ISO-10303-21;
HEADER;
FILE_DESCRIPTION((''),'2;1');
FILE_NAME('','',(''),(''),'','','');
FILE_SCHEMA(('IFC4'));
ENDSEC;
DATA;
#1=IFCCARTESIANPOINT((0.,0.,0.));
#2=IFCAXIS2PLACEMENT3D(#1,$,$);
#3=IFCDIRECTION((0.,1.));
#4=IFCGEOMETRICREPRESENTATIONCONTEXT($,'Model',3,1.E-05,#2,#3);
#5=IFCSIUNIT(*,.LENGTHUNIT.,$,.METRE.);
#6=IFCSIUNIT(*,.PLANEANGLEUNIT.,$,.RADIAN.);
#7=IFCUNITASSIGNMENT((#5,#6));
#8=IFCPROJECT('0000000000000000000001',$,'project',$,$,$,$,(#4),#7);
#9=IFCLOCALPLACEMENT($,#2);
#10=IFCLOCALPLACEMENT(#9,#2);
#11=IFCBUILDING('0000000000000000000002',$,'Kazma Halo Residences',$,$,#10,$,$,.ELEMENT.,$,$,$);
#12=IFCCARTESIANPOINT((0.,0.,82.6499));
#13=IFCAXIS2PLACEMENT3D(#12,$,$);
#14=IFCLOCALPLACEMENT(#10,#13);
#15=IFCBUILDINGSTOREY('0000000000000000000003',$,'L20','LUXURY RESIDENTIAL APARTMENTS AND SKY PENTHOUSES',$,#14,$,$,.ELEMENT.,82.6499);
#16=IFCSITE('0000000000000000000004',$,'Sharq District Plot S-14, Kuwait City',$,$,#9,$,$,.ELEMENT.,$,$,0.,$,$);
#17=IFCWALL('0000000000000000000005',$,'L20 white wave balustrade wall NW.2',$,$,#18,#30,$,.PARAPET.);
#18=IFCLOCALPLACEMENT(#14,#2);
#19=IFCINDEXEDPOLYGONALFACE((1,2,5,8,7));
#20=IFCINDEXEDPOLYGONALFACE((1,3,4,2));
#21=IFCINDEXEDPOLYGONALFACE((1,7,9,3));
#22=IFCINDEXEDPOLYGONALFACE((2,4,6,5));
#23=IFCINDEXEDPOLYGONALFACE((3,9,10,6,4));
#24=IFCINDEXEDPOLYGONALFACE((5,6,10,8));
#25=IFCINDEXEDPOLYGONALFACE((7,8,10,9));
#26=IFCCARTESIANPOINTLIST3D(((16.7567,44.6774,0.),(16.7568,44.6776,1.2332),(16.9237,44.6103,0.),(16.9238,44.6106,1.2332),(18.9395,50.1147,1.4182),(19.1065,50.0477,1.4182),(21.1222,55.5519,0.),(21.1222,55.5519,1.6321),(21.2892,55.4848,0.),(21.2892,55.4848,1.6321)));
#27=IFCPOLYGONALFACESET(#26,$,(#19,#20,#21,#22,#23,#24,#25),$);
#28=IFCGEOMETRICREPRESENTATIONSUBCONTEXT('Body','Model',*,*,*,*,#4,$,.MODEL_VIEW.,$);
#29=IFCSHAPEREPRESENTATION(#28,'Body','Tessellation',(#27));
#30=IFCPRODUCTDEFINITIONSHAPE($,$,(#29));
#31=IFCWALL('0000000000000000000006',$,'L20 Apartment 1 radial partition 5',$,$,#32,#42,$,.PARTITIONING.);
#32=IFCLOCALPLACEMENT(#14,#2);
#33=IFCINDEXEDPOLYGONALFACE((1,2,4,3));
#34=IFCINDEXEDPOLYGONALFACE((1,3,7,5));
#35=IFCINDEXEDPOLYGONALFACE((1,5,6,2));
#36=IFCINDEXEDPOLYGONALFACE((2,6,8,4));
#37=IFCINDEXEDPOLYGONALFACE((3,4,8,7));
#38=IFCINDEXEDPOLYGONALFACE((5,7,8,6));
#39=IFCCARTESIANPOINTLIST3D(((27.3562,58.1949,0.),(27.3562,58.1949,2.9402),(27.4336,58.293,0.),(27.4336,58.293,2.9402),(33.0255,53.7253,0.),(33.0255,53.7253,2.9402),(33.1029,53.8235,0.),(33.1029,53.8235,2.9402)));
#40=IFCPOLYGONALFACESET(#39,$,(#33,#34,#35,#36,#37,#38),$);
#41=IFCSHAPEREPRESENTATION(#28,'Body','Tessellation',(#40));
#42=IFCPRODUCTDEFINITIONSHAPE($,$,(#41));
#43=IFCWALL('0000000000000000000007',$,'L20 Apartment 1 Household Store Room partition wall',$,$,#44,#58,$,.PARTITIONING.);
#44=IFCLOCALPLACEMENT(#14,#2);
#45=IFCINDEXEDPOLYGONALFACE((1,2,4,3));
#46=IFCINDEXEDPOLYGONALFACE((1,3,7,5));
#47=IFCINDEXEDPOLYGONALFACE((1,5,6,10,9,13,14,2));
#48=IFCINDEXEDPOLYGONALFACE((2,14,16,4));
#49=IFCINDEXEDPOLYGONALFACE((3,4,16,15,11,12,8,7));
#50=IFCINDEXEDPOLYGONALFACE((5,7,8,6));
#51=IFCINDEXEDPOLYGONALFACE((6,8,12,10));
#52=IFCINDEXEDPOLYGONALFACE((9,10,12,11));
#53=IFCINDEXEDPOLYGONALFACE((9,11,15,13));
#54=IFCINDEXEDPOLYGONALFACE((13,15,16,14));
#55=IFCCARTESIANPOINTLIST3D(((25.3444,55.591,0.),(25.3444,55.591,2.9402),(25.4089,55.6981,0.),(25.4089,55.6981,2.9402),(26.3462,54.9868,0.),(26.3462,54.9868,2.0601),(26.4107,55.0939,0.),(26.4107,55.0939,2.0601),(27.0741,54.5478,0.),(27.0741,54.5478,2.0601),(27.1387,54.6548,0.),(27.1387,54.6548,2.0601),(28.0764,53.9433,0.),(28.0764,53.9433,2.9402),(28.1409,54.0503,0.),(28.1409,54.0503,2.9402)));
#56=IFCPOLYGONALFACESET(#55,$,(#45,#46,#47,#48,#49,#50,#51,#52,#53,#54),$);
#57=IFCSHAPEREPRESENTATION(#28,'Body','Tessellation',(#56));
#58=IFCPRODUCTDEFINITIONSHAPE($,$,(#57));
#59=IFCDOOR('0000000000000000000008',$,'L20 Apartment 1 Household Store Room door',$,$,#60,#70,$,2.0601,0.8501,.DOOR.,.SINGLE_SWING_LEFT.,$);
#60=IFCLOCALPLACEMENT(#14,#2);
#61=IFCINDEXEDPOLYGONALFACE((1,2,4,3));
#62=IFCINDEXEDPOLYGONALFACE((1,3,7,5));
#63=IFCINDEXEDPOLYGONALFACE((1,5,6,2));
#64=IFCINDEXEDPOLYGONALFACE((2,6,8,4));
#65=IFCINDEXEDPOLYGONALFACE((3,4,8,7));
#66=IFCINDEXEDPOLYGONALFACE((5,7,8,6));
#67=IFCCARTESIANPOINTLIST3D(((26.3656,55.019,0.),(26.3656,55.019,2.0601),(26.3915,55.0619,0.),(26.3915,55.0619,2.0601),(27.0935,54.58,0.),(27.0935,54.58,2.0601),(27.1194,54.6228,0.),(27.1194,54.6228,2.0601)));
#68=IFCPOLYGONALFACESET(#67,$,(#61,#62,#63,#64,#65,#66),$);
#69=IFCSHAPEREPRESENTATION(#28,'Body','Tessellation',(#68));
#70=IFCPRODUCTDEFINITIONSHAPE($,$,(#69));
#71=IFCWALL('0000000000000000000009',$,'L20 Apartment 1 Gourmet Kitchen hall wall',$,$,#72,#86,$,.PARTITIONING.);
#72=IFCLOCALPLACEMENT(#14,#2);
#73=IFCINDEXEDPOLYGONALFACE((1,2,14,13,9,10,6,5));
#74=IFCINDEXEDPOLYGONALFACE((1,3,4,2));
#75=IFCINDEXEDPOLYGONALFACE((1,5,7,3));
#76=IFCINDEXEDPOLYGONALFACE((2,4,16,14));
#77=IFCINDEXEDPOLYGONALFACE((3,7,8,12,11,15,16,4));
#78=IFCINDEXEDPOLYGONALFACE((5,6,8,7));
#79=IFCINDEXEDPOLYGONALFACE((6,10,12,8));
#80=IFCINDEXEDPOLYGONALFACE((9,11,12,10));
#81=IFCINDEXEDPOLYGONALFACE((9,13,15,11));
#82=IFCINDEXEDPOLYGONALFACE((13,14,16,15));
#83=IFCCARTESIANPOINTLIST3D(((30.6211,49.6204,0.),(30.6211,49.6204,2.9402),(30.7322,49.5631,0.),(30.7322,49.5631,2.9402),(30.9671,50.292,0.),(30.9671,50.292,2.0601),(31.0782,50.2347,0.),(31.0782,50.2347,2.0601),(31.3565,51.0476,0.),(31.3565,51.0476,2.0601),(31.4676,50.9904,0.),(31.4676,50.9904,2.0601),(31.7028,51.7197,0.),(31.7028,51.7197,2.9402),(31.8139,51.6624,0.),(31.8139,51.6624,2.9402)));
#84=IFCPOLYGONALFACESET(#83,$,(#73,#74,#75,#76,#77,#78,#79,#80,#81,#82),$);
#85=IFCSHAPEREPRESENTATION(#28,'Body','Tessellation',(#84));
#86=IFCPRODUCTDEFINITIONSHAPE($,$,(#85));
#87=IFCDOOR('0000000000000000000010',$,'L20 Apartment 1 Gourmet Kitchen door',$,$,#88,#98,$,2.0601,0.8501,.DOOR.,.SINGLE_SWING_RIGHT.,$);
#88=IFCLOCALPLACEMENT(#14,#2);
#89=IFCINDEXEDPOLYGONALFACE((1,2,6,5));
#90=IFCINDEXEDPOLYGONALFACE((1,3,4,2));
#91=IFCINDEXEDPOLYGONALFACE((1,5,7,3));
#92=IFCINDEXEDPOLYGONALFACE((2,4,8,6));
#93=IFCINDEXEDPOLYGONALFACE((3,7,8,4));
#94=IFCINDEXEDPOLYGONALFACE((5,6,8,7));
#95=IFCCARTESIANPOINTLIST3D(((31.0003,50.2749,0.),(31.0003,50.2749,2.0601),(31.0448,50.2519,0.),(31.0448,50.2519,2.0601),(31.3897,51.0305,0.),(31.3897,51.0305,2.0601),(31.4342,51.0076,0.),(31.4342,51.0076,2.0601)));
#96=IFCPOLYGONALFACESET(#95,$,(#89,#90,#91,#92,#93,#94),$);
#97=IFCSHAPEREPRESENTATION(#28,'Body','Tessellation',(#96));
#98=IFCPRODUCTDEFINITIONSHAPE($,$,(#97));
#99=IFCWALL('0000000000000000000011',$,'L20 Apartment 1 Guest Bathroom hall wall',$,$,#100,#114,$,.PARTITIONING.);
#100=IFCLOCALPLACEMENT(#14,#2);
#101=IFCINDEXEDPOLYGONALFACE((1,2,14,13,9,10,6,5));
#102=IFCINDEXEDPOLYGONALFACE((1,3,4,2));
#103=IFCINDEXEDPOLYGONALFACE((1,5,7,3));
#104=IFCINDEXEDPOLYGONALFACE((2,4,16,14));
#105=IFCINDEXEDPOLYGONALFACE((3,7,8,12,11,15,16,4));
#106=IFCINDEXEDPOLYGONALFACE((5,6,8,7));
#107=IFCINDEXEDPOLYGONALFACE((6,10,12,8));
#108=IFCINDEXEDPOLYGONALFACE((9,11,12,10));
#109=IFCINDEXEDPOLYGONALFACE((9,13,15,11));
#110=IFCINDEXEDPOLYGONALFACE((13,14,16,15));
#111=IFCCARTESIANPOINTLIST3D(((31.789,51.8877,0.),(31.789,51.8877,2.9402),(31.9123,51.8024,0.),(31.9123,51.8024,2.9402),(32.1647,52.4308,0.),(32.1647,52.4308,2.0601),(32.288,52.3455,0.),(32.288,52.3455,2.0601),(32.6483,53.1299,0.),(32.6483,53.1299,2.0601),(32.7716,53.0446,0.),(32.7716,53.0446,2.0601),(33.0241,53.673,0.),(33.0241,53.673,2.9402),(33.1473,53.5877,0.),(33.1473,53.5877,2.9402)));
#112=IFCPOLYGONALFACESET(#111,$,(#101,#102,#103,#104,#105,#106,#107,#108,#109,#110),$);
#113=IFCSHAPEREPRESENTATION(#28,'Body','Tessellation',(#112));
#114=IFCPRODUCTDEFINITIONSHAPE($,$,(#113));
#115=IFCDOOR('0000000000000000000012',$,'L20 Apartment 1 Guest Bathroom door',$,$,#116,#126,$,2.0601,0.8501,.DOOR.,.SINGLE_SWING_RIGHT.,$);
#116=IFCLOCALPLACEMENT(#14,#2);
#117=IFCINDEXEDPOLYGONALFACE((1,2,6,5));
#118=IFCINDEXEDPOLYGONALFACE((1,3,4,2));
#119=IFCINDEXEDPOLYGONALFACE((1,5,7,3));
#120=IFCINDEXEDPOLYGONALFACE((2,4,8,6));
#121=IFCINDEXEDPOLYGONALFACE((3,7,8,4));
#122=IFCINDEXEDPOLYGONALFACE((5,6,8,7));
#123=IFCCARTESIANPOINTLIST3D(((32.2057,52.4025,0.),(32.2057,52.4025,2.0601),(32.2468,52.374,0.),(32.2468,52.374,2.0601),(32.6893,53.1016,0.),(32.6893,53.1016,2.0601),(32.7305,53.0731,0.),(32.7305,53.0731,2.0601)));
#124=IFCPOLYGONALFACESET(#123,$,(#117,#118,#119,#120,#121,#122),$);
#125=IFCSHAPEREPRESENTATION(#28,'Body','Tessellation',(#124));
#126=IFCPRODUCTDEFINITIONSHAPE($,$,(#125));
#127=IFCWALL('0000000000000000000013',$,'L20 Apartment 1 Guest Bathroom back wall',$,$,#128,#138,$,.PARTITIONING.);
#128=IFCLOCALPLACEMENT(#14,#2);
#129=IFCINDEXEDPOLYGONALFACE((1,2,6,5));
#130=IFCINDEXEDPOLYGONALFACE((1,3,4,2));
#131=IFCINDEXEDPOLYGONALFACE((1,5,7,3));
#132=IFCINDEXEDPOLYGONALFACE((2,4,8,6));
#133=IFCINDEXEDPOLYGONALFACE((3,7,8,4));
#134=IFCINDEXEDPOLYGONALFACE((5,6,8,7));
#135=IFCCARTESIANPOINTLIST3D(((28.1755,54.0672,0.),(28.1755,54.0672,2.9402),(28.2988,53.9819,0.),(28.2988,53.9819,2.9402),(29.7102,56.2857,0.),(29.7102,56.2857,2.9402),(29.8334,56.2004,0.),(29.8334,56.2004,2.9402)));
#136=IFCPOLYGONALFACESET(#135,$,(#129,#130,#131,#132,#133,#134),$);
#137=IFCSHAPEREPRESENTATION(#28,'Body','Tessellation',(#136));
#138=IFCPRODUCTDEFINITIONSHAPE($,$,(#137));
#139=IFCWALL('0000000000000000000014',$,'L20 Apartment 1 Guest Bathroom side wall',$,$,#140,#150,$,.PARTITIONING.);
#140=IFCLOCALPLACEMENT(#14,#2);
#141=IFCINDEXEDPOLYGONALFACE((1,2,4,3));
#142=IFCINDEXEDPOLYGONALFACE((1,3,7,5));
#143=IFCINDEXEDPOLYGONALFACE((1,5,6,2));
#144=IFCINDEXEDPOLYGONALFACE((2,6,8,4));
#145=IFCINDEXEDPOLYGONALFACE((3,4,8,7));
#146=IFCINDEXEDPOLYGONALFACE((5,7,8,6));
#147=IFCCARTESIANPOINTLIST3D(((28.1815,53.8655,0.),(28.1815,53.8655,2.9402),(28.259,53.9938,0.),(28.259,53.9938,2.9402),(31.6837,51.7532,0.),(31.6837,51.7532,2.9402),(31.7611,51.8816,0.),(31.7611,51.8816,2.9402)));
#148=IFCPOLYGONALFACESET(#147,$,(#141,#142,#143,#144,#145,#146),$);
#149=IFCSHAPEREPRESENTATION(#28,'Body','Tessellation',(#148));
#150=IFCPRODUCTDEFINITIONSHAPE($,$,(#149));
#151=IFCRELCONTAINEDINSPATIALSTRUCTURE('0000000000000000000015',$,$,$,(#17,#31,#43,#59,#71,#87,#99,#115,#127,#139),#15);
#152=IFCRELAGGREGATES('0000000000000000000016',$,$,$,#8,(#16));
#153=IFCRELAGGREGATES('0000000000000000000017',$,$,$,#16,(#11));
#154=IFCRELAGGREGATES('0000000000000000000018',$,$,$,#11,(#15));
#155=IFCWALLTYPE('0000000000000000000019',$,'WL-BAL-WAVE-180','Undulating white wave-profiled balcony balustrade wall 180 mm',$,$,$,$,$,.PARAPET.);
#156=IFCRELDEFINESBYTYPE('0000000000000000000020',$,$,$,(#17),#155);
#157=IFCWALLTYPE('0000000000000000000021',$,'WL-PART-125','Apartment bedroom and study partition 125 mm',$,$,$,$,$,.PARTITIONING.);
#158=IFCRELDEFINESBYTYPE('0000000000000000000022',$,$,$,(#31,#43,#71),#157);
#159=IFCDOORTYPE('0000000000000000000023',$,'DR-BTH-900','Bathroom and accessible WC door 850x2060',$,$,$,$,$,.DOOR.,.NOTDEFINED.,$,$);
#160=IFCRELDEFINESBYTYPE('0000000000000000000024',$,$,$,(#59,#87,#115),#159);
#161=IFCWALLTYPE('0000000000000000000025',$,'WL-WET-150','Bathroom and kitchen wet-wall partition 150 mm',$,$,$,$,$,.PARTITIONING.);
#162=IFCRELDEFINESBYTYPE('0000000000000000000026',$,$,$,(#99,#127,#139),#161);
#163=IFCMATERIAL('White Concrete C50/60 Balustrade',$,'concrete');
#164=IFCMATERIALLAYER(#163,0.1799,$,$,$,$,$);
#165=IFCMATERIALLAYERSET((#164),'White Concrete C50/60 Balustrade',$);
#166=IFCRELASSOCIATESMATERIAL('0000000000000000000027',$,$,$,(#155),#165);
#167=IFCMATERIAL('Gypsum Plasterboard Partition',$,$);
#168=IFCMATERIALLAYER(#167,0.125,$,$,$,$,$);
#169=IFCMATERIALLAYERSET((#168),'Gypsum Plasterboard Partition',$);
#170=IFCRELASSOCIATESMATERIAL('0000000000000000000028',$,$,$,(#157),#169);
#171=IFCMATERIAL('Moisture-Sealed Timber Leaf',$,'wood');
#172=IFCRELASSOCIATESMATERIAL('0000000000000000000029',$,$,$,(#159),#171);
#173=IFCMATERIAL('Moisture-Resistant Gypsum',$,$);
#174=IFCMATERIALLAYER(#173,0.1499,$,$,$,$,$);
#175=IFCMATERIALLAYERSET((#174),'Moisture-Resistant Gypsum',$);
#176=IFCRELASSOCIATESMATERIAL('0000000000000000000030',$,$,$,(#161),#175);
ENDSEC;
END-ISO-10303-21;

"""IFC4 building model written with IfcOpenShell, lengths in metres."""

from ifc_helpers import new_model, si_unit, direction, frame, frame_2d, origin, place, context, subcontext, project, spatial, polyline, rectangle, outline, extrude, material, layer, layer_set, type_object, element, fill, save


model = new_model("IFC4")

# Units and contexts
model_context = context("Model", 3, precision=1e-05, world=origin(), true_north=direction((0.0, 1.0)))
body_context = subcontext(model_context, "Body", "Model", "MODEL_VIEW")
ifc_project = project(units=[si_unit("LENGTHUNIT", "METRE"), si_unit("PLANEANGLEUNIT", "RADIAN")], contexts=[model_context])

# Site, building, storey
site_placement = place(None, origin())
site = spatial("IfcSite", under=ifc_project, at=site_placement, Name="Sharq District Plot S-14, Kuwait City", CompositionType="ELEMENT", RefElevation=0.0)
building_placement = place(site_placement, origin())
building = spatial("IfcBuilding", under=site, at=building_placement, Name="Kazma Halo Residences", CompositionType="ELEMENT")
storey_placement = place(building_placement, frame((0.0, 0.0, 82.6499)))
storey = spatial("IfcBuildingStorey", under=building, at=storey_placement, Name="L20", Description="LUXURY RESIDENTIAL APARTMENTS AND SKY PENTHOUSES", CompositionType="ELEMENT", Elevation=82.6499)

# Wall
ifc_material_1 = material(Name="White Concrete C50/60 Balustrade", Category="concrete")
ifc_layer_1 = layer(ifc_material_1, 0.1799)
ifc_layer_set_1 = layer_set([ifc_layer_1], Name="White Concrete C50/60 Balustrade")
wall_type_1 = type_object("IfcWallType", Name="WL-BAL-WAVE-180", Description="Undulating white wave-profiled balcony balustrade wall 180 mm", PredefinedType="PARAPET", material=ifc_layer_set_1)
wall_1_placement = place(storey_placement, frame((21.2058, 55.5183, 0.0), z_axis=(0.0, 0.0, 1.0), x_axis=(-0.372543, -0.928015, 0.0)))
element("IfcWall", 1, at=wall_1_placement, inside=storey, type_object=wall_type_1, Name="L20 white wave balustrade wall NW.2", PredefinedType="PARAPET", context=body_context, shape_type="SweptSolid", body=[
    extrude(outline(polyline([(0.0, 0.0), (11.718, 0.0), (11.7178, 1.2332), (5.8589, 1.4182), (0.0, 1.6321), (0.0, 0.0)])), frame((0.0, 0.0898, 0.0), z_axis=(0.0, -1.0, 0.0), x_axis=(1.0, 0.0, 0.0)), (0.0, 0.0, 1.0), 0.1799),
])

# Wall
ifc_material_2 = material(Name="Gypsum Plasterboard Partition")
ifc_layer_2 = layer(ifc_material_2, 0.125)
ifc_layer_set_2 = layer_set([ifc_layer_2], Name="Gypsum Plasterboard Partition")
wall_type_2 = type_object("IfcWallType", Name="WL-PART-125", Description="Apartment bedroom and study partition 125 mm", PredefinedType="PARTITIONING", material=ifc_layer_set_2)
wall_2_placement = place(storey_placement, frame((33.0642, 53.7744, 0.0), z_axis=(0.0, 0.0, 1.0), x_axis=(-0.7853, 0.619116, 0.0)))
element("IfcWall", 2, at=wall_2_placement, inside=storey, type_object=wall_type_2, Name="L20 Apartment 1 radial partition 5", PredefinedType="PARTITIONING", context=body_context, shape_type="SweptSolid", body=[
    extrude(rectangle(XDim=7.2192, YDim=0.125, at=frame_2d((3.6096, 0.0))), origin(), (0.0, 0.0, 1.0), 2.9402),
])

# Walls, openings, doors
wall_3_placement = place(storey_placement, frame((28.1086, 53.9968, 0.0), z_axis=(0.0, 0.0, 1.0), x_axis=(-0.856309, 0.516464, 0.0)))
wall_3 = element("IfcWall", 3, at=wall_3_placement, inside=storey, type_object=wall_type_2, Name="L20 Apartment 1 Household Store Room partition wall", PredefinedType="PARTITIONING", context=body_context, shape_type="SweptSolid", body=[
    extrude(rectangle(XDim=3.1904, YDim=0.125, at=frame_2d((1.5952, 0.0))), origin(), (0.0, 0.0, 1.0), 2.9402),
])
opening_1_placement = place(wall_3_placement, frame((1.1704, 0.0, 0.0)))
opening_1 = element("IfcOpeningElement", 4, at=opening_1_placement, cuts=wall_3, PredefinedType="OPENING", context=body_context, shape_type="SweptSolid", body=[
    extrude(rectangle(XDim=0.8501, YDim=2.0601, at=frame_2d((0.425, 1.03))), frame((0.0, 0.0725, 0.0), z_axis=(0.0, -1.0, 0.0), x_axis=(1.0, 0.0, 0.0)), (0.0, 0.0, 1.0), 0.145),
])
ifc_material_3 = material(Name="Moisture-Sealed Timber Leaf", Category="wood")
door_type_1 = type_object("IfcDoorType", Name="DR-BTH-900", Description="Bathroom and accessible WC door 850x2060", OperationType="NOTDEFINED", PredefinedType="DOOR", material=ifc_material_3)
door_1_placement = place(opening_1_placement, origin())
door_1 = element("IfcDoor", 5, at=door_1_placement, inside=storey, type_object=door_type_1, Name="L20 Apartment 1 Household Store Room door", OperationType="SINGLE_SWING_LEFT", OverallHeight=2.0601, OverallWidth=0.8501, PredefinedType="DOOR", context=body_context, shape_type="SweptSolid", body=[
    extrude(rectangle(XDim=0.8501, YDim=2.0601, at=frame_2d((0.425, 1.03))), frame((0.0, 0.0249, 0.0), z_axis=(0.0, -1.0, 0.0), x_axis=(1.0, 0.0, 0.0)), (0.0, 0.0, 1.0), 0.05),
])
fill(opening_1, door_1)
wall_4_placement = place(storey_placement, frame((31.7583, 51.6909, 0.0), z_axis=(0.0, 0.0, 1.0), x_axis=(-0.458056, -0.888924, 0.0)))
wall_4 = element("IfcWall", 6, at=wall_4_placement, inside=storey, type_object=wall_type_2, Name="L20 Apartment 1 Gourmet Kitchen hall wall", PredefinedType="PARTITIONING", context=body_context, shape_type="SweptSolid", body=[
    extrude(rectangle(XDim=2.3616, YDim=0.125, at=frame_2d((1.1807, 0.0))), origin(), (0.0, 0.0, 1.0), 2.9402),
])
opening_2_placement = place(wall_4_placement, frame((0.7559, 0.0, 0.0)))
opening_2 = element("IfcOpeningElement", 7, at=opening_2_placement, cuts=wall_4, PredefinedType="OPENING", context=body_context, shape_type="SweptSolid", body=[
    extrude(rectangle(XDim=0.8501, YDim=2.0601, at=frame_2d((0.425, 1.03))), frame((0.0, 0.0725, 0.0), z_axis=(0.0, -1.0, 0.0), x_axis=(1.0, 0.0, 0.0)), (0.0, 0.0, 1.0), 0.145),
])
door_2_placement = place(opening_2_placement, origin())
door_2 = element("IfcDoor", 8, at=door_2_placement, inside=storey, type_object=door_type_1, Name="L20 Apartment 1 Gourmet Kitchen door", OperationType="SINGLE_SWING_RIGHT", OverallHeight=2.0601, OverallWidth=0.8501, PredefinedType="DOOR", context=body_context, shape_type="SweptSolid", body=[
    extrude(rectangle(XDim=0.8501, YDim=2.0601, at=frame_2d((0.425, 1.03))), frame((0.0, 0.0249, 0.0), z_axis=(0.0, -1.0, 0.0), x_axis=(1.0, 0.0, 0.0)), (0.0, 0.0, 1.0), 0.05),
])
fill(opening_2, door_2)
ifc_material_4 = material(Name="Moisture-Resistant Gypsum")
ifc_layer_3 = layer(ifc_material_4, 0.1499)
ifc_layer_set_3 = layer_set([ifc_layer_3], Name="Moisture-Resistant Gypsum")
wall_type_3 = type_object("IfcWallType", Name="WL-WET-150", Description="Bathroom and kitchen wet-wall partition 150 mm", PredefinedType="PARTITIONING", material=ifc_layer_set_3)
wall_5_placement = place(storey_placement, frame((33.0857, 53.6304, 0.0), z_axis=(0.0, 0.0, 1.0), x_axis=(-0.568918, -0.822395, 0.0)))
wall_5 = element("IfcWall", 9, at=wall_5_placement, inside=storey, type_object=wall_type_3, Name="L20 Apartment 1 Guest Bathroom hall wall", PredefinedType="PARTITIONING", context=body_context, shape_type="SweptSolid", body=[
    extrude(rectangle(XDim=2.1709, YDim=0.1499, at=frame_2d((1.0854, 0.0))), origin(), (0.0, 0.0, 1.0), 2.9402),
])
opening_3_placement = place(wall_5_placement, frame((0.6604, 0.0, 0.0)))
opening_3 = element("IfcOpeningElement", 10, at=opening_3_placement, cuts=wall_5, PredefinedType="OPENING", context=body_context, shape_type="SweptSolid", body=[
    extrude(rectangle(XDim=0.8501, YDim=2.0601, at=frame_2d((0.425, 1.03))), frame((0.0, 0.085, 0.0), z_axis=(0.0, -1.0, 0.0), x_axis=(1.0, 0.0, 0.0)), (0.0, 0.0, 1.0), 0.1699),
])
door_3_placement = place(opening_3_placement, origin())
door_3 = element("IfcDoor", 11, at=door_3_placement, inside=storey, type_object=door_type_1, Name="L20 Apartment 1 Guest Bathroom door", OperationType="SINGLE_SWING_RIGHT", OverallHeight=2.0601, OverallWidth=0.8501, PredefinedType="DOOR", context=body_context, shape_type="SweptSolid", body=[
    extrude(rectangle(XDim=0.8501, YDim=2.0601, at=frame_2d((0.425, 1.03))), frame((0.0, 0.0249, 0.0), z_axis=(0.0, -1.0, 0.0), x_axis=(1.0, 0.0, 0.0)), (0.0, 0.0, 1.0), 0.05),
])
fill(opening_3, door_3)

# Walls
wall_6_placement = place(storey_placement, frame((29.7717, 56.2429, 0.0), z_axis=(0.0, 0.0, 1.0), x_axis=(-0.568904, -0.822404, 0.0)))
element("IfcWall", 12, at=wall_6_placement, inside=storey, type_object=wall_type_3, Name="L20 Apartment 1 Guest Bathroom back wall", PredefinedType="PARTITIONING", context=body_context, shape_type="SweptSolid", body=[
    extrude(rectangle(XDim=2.6975, YDim=0.1499, at=frame_2d((1.3486, 0.0))), origin(), (0.0, 0.0, 1.0), 2.9402),
])
wall_7_placement = place(storey_placement, frame((31.7224, 51.8174, 0.0), z_axis=(0.0, 0.0, 1.0), x_axis=(-0.856306, 0.51647, 0.0)))
element("IfcWall", 13, at=wall_7_placement, inside=storey, type_object=wall_type_3, Name="L20 Apartment 1 Guest Bathroom side wall", PredefinedType="PARTITIONING", context=body_context, shape_type="SweptSolid", body=[
    extrude(rectangle(XDim=4.0898, YDim=0.1499, at=frame_2d((2.0449, 0.0))), origin(), (0.0, 0.0, 1.0), 2.9402),
])

save(model, "model.ifc")
